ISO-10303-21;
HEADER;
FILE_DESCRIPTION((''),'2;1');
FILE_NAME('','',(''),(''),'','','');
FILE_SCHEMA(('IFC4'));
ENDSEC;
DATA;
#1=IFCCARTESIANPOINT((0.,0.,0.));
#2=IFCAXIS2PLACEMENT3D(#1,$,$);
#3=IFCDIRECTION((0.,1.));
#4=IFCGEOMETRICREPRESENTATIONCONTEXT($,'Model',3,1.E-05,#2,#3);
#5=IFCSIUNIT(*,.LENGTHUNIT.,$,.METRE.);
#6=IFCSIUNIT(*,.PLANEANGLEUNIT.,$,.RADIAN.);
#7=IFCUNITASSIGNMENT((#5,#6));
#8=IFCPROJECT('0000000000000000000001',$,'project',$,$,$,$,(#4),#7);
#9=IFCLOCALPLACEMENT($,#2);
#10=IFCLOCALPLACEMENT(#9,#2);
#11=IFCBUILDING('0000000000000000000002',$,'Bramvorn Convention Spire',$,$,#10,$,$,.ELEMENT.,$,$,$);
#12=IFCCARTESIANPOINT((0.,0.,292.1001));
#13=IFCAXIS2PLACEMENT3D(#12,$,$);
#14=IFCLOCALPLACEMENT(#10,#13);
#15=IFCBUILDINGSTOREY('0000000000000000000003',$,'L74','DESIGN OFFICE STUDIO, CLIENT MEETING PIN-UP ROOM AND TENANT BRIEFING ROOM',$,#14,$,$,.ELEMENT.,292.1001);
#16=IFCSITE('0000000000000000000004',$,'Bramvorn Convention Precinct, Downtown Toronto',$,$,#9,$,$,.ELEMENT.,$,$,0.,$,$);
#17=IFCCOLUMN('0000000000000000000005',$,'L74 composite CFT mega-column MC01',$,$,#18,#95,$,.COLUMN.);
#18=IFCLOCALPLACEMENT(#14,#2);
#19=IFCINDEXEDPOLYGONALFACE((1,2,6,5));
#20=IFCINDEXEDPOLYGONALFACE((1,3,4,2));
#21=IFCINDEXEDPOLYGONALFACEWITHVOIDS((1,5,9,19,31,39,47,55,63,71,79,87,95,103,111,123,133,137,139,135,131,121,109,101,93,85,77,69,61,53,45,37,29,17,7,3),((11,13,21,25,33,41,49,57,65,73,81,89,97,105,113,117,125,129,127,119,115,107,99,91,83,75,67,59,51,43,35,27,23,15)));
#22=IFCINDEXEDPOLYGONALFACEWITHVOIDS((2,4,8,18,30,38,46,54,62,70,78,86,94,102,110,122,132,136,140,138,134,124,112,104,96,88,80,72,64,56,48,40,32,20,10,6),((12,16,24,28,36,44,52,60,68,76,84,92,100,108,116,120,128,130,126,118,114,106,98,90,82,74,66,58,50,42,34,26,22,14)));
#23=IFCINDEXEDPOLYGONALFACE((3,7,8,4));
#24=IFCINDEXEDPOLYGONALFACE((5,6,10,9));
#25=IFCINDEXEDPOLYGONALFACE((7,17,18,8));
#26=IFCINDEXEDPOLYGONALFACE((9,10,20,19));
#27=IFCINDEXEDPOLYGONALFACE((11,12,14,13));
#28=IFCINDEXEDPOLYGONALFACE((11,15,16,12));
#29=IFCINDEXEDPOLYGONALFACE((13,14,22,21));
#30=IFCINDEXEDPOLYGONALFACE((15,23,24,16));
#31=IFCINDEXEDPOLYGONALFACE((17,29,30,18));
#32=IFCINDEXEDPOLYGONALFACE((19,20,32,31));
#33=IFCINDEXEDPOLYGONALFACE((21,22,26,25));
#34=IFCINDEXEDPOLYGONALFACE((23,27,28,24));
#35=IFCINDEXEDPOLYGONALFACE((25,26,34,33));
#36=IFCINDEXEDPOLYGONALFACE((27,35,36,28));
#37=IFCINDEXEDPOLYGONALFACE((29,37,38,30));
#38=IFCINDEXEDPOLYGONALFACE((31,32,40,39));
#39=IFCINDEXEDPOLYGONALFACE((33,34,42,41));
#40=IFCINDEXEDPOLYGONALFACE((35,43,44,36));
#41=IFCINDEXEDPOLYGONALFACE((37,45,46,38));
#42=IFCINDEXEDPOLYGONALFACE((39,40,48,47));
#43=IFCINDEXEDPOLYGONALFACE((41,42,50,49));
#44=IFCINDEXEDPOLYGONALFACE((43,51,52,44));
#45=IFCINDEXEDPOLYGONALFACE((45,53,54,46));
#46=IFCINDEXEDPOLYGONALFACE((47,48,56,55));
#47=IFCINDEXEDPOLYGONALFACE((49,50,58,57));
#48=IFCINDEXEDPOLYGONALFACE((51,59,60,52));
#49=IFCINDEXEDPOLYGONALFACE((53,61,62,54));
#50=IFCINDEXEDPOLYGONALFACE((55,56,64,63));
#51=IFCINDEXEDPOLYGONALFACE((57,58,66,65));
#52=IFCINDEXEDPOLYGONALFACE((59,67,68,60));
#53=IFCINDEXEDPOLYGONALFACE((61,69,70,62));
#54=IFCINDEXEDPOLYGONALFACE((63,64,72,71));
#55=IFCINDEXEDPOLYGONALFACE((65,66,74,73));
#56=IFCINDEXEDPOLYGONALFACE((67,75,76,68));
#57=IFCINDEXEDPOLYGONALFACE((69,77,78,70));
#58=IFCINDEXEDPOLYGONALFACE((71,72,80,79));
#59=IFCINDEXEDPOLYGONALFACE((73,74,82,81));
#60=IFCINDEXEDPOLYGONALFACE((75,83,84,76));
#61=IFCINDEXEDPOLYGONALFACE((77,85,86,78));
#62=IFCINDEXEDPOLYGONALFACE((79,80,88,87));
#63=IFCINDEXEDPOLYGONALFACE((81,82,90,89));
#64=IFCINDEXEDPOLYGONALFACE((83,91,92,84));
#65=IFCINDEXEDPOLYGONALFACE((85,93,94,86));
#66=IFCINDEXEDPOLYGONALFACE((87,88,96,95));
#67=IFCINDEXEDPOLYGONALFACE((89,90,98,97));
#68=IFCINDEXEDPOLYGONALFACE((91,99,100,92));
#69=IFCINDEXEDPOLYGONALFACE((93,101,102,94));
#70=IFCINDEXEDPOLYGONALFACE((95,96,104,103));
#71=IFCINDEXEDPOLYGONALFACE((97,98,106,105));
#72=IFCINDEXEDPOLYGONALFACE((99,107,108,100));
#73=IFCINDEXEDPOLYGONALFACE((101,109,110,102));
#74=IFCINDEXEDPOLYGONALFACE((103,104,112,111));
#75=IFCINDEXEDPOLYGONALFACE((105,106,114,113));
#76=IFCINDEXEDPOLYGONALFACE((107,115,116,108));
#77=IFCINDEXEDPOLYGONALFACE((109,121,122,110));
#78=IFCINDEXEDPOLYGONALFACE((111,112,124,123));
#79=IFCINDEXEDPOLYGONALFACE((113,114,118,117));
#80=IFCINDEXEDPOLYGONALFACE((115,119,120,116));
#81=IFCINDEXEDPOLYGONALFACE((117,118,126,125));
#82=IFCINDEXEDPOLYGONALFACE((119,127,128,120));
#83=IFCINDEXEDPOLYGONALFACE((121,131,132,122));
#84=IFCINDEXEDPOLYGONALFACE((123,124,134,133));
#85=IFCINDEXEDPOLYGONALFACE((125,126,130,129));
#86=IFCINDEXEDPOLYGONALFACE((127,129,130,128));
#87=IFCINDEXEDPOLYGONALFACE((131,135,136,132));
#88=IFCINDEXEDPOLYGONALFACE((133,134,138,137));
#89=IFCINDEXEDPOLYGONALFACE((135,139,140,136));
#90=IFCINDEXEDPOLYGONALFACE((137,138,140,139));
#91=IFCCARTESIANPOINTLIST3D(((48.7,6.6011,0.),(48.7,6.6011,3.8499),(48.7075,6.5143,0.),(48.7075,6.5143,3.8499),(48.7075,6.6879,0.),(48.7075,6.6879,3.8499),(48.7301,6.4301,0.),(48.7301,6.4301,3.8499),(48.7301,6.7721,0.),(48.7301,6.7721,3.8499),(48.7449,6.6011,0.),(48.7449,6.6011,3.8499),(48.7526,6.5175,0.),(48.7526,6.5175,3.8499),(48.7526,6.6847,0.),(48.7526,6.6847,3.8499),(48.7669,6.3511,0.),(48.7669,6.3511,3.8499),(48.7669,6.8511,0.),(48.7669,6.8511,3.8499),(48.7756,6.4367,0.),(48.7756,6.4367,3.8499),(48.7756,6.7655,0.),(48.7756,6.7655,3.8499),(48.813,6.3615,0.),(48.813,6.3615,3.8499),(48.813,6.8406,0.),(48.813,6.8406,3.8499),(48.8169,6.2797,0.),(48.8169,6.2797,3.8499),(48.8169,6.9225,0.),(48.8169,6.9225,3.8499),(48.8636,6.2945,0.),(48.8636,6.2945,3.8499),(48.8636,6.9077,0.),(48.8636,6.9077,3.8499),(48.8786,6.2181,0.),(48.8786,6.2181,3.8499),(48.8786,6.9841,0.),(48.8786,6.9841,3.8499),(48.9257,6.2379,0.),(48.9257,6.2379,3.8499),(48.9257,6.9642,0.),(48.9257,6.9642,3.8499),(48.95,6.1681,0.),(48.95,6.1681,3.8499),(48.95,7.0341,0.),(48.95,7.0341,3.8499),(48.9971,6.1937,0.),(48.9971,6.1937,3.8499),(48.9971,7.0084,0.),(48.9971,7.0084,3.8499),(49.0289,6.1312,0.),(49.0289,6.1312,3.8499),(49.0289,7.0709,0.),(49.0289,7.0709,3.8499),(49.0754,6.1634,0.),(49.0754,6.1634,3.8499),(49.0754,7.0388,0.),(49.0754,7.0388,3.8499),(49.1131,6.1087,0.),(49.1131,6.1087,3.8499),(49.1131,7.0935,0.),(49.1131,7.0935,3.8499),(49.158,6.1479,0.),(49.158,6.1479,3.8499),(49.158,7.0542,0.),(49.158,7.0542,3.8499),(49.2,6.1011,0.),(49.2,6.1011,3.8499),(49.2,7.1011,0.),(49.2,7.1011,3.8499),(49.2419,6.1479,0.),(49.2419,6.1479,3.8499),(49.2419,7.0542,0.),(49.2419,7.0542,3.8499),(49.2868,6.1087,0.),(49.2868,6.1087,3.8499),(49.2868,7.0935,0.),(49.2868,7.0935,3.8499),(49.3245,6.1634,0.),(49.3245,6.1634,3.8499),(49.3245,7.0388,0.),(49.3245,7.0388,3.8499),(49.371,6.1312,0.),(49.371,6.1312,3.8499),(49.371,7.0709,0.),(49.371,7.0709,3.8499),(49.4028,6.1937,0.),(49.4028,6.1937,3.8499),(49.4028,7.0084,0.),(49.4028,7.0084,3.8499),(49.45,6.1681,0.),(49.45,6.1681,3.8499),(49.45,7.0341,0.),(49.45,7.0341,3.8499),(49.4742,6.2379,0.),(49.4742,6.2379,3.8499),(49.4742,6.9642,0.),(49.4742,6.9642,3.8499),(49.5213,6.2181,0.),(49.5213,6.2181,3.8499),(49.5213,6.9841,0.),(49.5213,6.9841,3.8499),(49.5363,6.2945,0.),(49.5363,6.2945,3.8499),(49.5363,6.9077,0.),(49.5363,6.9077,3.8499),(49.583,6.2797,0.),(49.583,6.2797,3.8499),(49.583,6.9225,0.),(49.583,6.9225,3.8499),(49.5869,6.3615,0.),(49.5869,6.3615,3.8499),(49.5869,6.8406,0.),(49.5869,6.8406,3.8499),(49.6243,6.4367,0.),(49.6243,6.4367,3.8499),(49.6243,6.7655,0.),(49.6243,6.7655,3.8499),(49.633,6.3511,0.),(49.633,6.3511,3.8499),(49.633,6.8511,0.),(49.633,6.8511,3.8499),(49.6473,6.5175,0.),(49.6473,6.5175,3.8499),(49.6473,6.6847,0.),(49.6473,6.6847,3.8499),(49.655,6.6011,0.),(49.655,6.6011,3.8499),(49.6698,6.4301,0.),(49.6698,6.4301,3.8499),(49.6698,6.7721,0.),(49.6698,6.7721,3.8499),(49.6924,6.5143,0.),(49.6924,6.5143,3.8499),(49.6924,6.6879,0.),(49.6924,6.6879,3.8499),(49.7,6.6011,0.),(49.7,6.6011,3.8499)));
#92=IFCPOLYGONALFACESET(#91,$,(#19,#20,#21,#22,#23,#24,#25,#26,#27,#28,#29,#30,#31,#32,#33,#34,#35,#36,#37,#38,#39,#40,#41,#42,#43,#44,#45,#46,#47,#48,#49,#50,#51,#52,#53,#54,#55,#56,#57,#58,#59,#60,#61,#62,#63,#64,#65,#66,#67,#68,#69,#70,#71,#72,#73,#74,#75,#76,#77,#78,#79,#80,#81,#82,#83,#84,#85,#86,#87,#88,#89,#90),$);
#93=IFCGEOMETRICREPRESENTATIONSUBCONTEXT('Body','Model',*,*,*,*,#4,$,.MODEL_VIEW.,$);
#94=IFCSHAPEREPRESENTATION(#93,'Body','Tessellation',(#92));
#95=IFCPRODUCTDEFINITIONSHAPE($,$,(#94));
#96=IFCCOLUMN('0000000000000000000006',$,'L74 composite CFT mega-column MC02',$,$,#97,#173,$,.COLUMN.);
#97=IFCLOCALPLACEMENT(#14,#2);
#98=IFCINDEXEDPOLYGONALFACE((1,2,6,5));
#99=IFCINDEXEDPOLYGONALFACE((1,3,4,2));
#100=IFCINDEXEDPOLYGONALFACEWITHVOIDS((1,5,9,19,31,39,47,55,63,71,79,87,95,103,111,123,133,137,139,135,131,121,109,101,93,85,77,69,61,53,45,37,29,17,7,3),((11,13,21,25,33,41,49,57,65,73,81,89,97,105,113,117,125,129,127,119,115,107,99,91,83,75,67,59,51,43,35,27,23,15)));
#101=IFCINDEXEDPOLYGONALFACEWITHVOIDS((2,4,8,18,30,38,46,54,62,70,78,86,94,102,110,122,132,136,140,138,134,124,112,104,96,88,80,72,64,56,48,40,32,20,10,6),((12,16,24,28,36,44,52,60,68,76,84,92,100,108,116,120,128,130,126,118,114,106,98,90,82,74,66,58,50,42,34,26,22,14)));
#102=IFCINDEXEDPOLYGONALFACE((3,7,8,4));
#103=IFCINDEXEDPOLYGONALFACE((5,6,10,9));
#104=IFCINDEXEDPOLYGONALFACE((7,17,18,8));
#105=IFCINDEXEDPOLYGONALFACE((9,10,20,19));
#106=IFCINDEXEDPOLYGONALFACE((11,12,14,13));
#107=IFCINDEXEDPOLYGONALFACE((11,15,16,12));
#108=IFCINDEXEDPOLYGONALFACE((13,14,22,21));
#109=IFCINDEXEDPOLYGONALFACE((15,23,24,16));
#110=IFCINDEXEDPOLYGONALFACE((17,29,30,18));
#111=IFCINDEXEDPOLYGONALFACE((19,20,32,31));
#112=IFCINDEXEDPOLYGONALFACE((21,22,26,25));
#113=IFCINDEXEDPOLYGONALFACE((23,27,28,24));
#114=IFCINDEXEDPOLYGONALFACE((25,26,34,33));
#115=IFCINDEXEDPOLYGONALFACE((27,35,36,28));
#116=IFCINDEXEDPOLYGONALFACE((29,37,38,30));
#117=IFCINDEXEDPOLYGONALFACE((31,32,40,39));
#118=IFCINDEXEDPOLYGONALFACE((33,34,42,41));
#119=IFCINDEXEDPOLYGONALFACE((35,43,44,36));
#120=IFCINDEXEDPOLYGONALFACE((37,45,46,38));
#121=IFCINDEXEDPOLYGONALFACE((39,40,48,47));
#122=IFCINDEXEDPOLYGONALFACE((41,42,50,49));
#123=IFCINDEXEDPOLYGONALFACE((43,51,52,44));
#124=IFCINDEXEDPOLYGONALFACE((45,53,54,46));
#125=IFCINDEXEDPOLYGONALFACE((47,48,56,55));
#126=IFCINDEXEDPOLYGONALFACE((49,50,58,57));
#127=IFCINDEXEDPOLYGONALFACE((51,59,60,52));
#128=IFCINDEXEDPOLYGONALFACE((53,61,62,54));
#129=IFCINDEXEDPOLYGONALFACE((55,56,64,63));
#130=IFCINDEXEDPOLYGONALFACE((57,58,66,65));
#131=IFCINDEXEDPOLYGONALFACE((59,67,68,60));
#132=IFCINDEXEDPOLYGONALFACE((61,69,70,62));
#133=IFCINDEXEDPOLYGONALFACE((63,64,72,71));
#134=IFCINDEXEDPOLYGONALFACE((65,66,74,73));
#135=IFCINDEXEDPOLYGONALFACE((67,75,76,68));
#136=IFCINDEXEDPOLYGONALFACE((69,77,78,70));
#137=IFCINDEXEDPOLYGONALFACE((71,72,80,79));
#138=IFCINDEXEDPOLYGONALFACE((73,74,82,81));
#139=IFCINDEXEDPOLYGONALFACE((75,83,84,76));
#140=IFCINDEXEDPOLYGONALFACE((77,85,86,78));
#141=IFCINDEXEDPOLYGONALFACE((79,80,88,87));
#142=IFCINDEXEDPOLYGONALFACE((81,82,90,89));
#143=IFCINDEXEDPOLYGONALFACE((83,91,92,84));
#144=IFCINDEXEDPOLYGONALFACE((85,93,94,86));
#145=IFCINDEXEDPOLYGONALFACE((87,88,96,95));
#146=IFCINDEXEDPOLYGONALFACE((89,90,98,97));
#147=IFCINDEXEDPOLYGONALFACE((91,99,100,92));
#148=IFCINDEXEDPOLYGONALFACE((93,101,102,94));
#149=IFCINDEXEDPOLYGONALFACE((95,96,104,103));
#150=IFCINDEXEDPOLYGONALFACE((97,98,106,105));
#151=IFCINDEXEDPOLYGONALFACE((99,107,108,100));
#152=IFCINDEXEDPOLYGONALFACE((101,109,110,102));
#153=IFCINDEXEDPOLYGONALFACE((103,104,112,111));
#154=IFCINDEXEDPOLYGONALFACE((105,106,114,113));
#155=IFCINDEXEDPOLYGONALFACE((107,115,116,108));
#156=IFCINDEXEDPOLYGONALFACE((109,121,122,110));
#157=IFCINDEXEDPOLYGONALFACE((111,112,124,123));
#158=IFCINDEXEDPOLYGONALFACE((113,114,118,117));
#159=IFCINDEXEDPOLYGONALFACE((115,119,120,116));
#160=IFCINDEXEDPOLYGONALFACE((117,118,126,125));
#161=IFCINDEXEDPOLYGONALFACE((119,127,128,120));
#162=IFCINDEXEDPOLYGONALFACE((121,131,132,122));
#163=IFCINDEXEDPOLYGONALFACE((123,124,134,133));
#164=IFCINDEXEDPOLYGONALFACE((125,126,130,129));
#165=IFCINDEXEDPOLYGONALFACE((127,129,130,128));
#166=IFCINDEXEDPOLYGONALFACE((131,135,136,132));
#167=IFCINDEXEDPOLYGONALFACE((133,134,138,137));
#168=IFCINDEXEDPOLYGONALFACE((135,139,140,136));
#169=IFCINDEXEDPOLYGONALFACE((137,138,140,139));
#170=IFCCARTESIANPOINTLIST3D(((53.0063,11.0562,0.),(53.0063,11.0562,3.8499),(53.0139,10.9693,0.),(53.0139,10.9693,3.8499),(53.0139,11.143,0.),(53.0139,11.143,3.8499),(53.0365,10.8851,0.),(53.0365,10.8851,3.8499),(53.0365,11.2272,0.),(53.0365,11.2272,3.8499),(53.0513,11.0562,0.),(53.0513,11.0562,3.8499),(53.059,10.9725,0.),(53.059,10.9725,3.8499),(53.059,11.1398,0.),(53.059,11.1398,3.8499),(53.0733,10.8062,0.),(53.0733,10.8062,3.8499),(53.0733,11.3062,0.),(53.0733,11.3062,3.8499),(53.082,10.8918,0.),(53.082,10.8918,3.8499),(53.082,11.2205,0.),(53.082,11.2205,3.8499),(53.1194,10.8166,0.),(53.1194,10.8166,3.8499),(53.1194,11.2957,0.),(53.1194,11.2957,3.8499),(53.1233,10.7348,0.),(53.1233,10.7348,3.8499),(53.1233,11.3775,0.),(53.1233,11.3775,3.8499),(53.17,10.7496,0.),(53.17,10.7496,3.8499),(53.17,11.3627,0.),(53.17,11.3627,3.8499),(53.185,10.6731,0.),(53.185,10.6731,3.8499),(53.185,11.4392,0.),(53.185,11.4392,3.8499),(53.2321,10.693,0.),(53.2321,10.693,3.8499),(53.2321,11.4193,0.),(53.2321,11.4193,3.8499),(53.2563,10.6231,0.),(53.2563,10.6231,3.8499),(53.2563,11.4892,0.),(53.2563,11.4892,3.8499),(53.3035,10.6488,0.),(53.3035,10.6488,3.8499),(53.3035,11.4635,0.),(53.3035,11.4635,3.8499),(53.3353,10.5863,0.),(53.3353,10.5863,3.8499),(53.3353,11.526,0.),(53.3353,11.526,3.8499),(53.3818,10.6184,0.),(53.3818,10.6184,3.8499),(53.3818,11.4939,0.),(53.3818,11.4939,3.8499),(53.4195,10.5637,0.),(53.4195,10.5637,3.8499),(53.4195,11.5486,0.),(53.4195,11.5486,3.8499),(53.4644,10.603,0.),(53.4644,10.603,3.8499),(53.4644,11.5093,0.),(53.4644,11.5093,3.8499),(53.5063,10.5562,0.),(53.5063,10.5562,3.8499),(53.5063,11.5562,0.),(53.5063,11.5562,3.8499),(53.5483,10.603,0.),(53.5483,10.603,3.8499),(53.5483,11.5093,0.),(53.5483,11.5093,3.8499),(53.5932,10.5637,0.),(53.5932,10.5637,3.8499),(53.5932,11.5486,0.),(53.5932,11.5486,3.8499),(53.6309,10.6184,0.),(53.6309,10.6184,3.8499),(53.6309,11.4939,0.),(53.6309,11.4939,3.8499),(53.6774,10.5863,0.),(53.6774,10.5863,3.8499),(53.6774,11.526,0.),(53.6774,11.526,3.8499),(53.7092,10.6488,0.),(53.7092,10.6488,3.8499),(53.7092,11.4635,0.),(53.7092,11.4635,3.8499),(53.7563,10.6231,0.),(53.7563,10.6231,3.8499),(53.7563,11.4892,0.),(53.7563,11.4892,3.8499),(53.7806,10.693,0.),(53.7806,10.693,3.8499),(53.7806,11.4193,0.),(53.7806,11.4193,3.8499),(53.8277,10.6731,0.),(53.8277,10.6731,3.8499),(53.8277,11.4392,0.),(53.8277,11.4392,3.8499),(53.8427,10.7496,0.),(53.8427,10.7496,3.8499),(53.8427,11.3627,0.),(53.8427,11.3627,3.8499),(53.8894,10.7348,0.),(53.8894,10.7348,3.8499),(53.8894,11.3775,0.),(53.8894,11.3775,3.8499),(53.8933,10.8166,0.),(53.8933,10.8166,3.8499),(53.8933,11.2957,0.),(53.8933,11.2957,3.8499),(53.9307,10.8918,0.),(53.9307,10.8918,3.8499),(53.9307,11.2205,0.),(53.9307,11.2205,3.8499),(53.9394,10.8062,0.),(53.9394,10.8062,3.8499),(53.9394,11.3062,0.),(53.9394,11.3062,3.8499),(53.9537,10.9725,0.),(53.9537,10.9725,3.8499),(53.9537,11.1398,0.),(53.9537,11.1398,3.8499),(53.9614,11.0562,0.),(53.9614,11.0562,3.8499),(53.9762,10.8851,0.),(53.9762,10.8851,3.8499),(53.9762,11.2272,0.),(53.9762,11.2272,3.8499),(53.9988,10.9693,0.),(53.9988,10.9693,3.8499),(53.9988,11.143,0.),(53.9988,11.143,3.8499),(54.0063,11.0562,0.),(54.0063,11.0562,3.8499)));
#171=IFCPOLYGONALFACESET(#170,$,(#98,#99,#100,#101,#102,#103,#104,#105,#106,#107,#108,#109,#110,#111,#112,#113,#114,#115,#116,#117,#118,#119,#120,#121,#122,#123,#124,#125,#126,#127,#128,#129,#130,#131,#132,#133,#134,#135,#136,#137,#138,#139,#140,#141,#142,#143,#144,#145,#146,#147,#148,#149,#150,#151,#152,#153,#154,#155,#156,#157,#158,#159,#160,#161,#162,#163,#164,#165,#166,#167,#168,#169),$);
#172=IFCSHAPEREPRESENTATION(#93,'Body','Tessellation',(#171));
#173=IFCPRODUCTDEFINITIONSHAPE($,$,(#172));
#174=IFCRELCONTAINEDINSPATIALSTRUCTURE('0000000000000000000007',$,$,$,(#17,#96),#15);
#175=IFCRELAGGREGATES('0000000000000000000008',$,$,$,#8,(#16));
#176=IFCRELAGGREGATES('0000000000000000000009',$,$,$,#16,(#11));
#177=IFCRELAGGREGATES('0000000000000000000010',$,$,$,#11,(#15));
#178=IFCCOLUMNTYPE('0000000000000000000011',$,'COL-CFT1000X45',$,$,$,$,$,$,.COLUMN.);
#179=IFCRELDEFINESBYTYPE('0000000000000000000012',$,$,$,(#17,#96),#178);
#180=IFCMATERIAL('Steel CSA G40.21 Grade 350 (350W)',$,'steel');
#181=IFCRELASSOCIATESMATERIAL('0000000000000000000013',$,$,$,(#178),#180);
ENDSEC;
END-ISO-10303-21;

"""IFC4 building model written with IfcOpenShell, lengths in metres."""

from ifc_helpers import new_model, si_unit, direction, frame, origin, origin_2d, place, context, subcontext, project, spatial, hollow_circle, extrude, material, material_profile, profile_set, type_object, element, save


model = new_model("IFC4")

# Units and contexts
model_context = context("Model", 3, precision=1e-05, world=origin(), true_north=direction((0.0, 1.0)))
body_context = subcontext(model_context, "Body", "Model", "MODEL_VIEW")
ifc_project = project(units=[si_unit("LENGTHUNIT", "METRE"), si_unit("PLANEANGLEUNIT", "RADIAN")], contexts=[model_context])

# Site, building, storey
site_placement = place(None, origin())
site = spatial("IfcSite", under=ifc_project, at=site_placement, Name="Bramvorn Convention Precinct, Downtown Toronto", CompositionType="ELEMENT", RefElevation=0.0)
building_placement = place(site_placement, origin())
building = spatial("IfcBuilding", under=site, at=building_placement, Name="Bramvorn Convention Spire", CompositionType="ELEMENT")
storey_placement = place(building_placement, frame((0.0, 0.0, 292.1001)))
storey = spatial("IfcBuildingStorey", under=building, at=storey_placement, Name="L74", Description="DESIGN OFFICE STUDIO, CLIENT MEETING PIN-UP ROOM AND TENANT BRIEFING ROOM", CompositionType="ELEMENT", Elevation=292.1001)

# Columns
ifc_material_1 = material(Name="Steel CSA G40.21 Grade 350 (350W)", Category="steel")
ifc_material_profile_1 = material_profile(ifc_material_1, hollow_circle(Radius=0.5, WallThickness=0.0449, at=origin_2d()))
ifc_profile_set_1 = profile_set([ifc_material_profile_1], Name="Steel CSA G40.21 Grade 350 (350W) - CFT1000X45")
column_type = type_object("IfcColumnType", Name="COL-CFT1000X45", PredefinedType="COLUMN", material=ifc_profile_set_1)
for number, where, z_axis, x_axis, name in (
    (1, (49.2, 6.6011, 0.0), (0.0, 0.0, 1.0), (1.0, 0.0, 0.0), "L74 composite CFT mega-column MC01"),
    (2, (53.5063, 11.0562, 0.0), (0.0, 0.0, 1.0), (1.0, 0.0, 0.0), "L74 composite CFT mega-column MC02"),
):
    element("IfcColumn", number, at=place(storey_placement, frame(where, z_axis=z_axis, x_axis=x_axis)), inside=storey, type_object=column_type, Name=name, PredefinedType="COLUMN", context=body_context, shape_type="SweptSolid", body=[
        extrude(hollow_circle(Radius=0.5, WallThickness=0.0449, at=origin_2d()), origin(), (0.0, 0.0, 1.0), 3.8499),
    ])

save(model, "model.ifc")
